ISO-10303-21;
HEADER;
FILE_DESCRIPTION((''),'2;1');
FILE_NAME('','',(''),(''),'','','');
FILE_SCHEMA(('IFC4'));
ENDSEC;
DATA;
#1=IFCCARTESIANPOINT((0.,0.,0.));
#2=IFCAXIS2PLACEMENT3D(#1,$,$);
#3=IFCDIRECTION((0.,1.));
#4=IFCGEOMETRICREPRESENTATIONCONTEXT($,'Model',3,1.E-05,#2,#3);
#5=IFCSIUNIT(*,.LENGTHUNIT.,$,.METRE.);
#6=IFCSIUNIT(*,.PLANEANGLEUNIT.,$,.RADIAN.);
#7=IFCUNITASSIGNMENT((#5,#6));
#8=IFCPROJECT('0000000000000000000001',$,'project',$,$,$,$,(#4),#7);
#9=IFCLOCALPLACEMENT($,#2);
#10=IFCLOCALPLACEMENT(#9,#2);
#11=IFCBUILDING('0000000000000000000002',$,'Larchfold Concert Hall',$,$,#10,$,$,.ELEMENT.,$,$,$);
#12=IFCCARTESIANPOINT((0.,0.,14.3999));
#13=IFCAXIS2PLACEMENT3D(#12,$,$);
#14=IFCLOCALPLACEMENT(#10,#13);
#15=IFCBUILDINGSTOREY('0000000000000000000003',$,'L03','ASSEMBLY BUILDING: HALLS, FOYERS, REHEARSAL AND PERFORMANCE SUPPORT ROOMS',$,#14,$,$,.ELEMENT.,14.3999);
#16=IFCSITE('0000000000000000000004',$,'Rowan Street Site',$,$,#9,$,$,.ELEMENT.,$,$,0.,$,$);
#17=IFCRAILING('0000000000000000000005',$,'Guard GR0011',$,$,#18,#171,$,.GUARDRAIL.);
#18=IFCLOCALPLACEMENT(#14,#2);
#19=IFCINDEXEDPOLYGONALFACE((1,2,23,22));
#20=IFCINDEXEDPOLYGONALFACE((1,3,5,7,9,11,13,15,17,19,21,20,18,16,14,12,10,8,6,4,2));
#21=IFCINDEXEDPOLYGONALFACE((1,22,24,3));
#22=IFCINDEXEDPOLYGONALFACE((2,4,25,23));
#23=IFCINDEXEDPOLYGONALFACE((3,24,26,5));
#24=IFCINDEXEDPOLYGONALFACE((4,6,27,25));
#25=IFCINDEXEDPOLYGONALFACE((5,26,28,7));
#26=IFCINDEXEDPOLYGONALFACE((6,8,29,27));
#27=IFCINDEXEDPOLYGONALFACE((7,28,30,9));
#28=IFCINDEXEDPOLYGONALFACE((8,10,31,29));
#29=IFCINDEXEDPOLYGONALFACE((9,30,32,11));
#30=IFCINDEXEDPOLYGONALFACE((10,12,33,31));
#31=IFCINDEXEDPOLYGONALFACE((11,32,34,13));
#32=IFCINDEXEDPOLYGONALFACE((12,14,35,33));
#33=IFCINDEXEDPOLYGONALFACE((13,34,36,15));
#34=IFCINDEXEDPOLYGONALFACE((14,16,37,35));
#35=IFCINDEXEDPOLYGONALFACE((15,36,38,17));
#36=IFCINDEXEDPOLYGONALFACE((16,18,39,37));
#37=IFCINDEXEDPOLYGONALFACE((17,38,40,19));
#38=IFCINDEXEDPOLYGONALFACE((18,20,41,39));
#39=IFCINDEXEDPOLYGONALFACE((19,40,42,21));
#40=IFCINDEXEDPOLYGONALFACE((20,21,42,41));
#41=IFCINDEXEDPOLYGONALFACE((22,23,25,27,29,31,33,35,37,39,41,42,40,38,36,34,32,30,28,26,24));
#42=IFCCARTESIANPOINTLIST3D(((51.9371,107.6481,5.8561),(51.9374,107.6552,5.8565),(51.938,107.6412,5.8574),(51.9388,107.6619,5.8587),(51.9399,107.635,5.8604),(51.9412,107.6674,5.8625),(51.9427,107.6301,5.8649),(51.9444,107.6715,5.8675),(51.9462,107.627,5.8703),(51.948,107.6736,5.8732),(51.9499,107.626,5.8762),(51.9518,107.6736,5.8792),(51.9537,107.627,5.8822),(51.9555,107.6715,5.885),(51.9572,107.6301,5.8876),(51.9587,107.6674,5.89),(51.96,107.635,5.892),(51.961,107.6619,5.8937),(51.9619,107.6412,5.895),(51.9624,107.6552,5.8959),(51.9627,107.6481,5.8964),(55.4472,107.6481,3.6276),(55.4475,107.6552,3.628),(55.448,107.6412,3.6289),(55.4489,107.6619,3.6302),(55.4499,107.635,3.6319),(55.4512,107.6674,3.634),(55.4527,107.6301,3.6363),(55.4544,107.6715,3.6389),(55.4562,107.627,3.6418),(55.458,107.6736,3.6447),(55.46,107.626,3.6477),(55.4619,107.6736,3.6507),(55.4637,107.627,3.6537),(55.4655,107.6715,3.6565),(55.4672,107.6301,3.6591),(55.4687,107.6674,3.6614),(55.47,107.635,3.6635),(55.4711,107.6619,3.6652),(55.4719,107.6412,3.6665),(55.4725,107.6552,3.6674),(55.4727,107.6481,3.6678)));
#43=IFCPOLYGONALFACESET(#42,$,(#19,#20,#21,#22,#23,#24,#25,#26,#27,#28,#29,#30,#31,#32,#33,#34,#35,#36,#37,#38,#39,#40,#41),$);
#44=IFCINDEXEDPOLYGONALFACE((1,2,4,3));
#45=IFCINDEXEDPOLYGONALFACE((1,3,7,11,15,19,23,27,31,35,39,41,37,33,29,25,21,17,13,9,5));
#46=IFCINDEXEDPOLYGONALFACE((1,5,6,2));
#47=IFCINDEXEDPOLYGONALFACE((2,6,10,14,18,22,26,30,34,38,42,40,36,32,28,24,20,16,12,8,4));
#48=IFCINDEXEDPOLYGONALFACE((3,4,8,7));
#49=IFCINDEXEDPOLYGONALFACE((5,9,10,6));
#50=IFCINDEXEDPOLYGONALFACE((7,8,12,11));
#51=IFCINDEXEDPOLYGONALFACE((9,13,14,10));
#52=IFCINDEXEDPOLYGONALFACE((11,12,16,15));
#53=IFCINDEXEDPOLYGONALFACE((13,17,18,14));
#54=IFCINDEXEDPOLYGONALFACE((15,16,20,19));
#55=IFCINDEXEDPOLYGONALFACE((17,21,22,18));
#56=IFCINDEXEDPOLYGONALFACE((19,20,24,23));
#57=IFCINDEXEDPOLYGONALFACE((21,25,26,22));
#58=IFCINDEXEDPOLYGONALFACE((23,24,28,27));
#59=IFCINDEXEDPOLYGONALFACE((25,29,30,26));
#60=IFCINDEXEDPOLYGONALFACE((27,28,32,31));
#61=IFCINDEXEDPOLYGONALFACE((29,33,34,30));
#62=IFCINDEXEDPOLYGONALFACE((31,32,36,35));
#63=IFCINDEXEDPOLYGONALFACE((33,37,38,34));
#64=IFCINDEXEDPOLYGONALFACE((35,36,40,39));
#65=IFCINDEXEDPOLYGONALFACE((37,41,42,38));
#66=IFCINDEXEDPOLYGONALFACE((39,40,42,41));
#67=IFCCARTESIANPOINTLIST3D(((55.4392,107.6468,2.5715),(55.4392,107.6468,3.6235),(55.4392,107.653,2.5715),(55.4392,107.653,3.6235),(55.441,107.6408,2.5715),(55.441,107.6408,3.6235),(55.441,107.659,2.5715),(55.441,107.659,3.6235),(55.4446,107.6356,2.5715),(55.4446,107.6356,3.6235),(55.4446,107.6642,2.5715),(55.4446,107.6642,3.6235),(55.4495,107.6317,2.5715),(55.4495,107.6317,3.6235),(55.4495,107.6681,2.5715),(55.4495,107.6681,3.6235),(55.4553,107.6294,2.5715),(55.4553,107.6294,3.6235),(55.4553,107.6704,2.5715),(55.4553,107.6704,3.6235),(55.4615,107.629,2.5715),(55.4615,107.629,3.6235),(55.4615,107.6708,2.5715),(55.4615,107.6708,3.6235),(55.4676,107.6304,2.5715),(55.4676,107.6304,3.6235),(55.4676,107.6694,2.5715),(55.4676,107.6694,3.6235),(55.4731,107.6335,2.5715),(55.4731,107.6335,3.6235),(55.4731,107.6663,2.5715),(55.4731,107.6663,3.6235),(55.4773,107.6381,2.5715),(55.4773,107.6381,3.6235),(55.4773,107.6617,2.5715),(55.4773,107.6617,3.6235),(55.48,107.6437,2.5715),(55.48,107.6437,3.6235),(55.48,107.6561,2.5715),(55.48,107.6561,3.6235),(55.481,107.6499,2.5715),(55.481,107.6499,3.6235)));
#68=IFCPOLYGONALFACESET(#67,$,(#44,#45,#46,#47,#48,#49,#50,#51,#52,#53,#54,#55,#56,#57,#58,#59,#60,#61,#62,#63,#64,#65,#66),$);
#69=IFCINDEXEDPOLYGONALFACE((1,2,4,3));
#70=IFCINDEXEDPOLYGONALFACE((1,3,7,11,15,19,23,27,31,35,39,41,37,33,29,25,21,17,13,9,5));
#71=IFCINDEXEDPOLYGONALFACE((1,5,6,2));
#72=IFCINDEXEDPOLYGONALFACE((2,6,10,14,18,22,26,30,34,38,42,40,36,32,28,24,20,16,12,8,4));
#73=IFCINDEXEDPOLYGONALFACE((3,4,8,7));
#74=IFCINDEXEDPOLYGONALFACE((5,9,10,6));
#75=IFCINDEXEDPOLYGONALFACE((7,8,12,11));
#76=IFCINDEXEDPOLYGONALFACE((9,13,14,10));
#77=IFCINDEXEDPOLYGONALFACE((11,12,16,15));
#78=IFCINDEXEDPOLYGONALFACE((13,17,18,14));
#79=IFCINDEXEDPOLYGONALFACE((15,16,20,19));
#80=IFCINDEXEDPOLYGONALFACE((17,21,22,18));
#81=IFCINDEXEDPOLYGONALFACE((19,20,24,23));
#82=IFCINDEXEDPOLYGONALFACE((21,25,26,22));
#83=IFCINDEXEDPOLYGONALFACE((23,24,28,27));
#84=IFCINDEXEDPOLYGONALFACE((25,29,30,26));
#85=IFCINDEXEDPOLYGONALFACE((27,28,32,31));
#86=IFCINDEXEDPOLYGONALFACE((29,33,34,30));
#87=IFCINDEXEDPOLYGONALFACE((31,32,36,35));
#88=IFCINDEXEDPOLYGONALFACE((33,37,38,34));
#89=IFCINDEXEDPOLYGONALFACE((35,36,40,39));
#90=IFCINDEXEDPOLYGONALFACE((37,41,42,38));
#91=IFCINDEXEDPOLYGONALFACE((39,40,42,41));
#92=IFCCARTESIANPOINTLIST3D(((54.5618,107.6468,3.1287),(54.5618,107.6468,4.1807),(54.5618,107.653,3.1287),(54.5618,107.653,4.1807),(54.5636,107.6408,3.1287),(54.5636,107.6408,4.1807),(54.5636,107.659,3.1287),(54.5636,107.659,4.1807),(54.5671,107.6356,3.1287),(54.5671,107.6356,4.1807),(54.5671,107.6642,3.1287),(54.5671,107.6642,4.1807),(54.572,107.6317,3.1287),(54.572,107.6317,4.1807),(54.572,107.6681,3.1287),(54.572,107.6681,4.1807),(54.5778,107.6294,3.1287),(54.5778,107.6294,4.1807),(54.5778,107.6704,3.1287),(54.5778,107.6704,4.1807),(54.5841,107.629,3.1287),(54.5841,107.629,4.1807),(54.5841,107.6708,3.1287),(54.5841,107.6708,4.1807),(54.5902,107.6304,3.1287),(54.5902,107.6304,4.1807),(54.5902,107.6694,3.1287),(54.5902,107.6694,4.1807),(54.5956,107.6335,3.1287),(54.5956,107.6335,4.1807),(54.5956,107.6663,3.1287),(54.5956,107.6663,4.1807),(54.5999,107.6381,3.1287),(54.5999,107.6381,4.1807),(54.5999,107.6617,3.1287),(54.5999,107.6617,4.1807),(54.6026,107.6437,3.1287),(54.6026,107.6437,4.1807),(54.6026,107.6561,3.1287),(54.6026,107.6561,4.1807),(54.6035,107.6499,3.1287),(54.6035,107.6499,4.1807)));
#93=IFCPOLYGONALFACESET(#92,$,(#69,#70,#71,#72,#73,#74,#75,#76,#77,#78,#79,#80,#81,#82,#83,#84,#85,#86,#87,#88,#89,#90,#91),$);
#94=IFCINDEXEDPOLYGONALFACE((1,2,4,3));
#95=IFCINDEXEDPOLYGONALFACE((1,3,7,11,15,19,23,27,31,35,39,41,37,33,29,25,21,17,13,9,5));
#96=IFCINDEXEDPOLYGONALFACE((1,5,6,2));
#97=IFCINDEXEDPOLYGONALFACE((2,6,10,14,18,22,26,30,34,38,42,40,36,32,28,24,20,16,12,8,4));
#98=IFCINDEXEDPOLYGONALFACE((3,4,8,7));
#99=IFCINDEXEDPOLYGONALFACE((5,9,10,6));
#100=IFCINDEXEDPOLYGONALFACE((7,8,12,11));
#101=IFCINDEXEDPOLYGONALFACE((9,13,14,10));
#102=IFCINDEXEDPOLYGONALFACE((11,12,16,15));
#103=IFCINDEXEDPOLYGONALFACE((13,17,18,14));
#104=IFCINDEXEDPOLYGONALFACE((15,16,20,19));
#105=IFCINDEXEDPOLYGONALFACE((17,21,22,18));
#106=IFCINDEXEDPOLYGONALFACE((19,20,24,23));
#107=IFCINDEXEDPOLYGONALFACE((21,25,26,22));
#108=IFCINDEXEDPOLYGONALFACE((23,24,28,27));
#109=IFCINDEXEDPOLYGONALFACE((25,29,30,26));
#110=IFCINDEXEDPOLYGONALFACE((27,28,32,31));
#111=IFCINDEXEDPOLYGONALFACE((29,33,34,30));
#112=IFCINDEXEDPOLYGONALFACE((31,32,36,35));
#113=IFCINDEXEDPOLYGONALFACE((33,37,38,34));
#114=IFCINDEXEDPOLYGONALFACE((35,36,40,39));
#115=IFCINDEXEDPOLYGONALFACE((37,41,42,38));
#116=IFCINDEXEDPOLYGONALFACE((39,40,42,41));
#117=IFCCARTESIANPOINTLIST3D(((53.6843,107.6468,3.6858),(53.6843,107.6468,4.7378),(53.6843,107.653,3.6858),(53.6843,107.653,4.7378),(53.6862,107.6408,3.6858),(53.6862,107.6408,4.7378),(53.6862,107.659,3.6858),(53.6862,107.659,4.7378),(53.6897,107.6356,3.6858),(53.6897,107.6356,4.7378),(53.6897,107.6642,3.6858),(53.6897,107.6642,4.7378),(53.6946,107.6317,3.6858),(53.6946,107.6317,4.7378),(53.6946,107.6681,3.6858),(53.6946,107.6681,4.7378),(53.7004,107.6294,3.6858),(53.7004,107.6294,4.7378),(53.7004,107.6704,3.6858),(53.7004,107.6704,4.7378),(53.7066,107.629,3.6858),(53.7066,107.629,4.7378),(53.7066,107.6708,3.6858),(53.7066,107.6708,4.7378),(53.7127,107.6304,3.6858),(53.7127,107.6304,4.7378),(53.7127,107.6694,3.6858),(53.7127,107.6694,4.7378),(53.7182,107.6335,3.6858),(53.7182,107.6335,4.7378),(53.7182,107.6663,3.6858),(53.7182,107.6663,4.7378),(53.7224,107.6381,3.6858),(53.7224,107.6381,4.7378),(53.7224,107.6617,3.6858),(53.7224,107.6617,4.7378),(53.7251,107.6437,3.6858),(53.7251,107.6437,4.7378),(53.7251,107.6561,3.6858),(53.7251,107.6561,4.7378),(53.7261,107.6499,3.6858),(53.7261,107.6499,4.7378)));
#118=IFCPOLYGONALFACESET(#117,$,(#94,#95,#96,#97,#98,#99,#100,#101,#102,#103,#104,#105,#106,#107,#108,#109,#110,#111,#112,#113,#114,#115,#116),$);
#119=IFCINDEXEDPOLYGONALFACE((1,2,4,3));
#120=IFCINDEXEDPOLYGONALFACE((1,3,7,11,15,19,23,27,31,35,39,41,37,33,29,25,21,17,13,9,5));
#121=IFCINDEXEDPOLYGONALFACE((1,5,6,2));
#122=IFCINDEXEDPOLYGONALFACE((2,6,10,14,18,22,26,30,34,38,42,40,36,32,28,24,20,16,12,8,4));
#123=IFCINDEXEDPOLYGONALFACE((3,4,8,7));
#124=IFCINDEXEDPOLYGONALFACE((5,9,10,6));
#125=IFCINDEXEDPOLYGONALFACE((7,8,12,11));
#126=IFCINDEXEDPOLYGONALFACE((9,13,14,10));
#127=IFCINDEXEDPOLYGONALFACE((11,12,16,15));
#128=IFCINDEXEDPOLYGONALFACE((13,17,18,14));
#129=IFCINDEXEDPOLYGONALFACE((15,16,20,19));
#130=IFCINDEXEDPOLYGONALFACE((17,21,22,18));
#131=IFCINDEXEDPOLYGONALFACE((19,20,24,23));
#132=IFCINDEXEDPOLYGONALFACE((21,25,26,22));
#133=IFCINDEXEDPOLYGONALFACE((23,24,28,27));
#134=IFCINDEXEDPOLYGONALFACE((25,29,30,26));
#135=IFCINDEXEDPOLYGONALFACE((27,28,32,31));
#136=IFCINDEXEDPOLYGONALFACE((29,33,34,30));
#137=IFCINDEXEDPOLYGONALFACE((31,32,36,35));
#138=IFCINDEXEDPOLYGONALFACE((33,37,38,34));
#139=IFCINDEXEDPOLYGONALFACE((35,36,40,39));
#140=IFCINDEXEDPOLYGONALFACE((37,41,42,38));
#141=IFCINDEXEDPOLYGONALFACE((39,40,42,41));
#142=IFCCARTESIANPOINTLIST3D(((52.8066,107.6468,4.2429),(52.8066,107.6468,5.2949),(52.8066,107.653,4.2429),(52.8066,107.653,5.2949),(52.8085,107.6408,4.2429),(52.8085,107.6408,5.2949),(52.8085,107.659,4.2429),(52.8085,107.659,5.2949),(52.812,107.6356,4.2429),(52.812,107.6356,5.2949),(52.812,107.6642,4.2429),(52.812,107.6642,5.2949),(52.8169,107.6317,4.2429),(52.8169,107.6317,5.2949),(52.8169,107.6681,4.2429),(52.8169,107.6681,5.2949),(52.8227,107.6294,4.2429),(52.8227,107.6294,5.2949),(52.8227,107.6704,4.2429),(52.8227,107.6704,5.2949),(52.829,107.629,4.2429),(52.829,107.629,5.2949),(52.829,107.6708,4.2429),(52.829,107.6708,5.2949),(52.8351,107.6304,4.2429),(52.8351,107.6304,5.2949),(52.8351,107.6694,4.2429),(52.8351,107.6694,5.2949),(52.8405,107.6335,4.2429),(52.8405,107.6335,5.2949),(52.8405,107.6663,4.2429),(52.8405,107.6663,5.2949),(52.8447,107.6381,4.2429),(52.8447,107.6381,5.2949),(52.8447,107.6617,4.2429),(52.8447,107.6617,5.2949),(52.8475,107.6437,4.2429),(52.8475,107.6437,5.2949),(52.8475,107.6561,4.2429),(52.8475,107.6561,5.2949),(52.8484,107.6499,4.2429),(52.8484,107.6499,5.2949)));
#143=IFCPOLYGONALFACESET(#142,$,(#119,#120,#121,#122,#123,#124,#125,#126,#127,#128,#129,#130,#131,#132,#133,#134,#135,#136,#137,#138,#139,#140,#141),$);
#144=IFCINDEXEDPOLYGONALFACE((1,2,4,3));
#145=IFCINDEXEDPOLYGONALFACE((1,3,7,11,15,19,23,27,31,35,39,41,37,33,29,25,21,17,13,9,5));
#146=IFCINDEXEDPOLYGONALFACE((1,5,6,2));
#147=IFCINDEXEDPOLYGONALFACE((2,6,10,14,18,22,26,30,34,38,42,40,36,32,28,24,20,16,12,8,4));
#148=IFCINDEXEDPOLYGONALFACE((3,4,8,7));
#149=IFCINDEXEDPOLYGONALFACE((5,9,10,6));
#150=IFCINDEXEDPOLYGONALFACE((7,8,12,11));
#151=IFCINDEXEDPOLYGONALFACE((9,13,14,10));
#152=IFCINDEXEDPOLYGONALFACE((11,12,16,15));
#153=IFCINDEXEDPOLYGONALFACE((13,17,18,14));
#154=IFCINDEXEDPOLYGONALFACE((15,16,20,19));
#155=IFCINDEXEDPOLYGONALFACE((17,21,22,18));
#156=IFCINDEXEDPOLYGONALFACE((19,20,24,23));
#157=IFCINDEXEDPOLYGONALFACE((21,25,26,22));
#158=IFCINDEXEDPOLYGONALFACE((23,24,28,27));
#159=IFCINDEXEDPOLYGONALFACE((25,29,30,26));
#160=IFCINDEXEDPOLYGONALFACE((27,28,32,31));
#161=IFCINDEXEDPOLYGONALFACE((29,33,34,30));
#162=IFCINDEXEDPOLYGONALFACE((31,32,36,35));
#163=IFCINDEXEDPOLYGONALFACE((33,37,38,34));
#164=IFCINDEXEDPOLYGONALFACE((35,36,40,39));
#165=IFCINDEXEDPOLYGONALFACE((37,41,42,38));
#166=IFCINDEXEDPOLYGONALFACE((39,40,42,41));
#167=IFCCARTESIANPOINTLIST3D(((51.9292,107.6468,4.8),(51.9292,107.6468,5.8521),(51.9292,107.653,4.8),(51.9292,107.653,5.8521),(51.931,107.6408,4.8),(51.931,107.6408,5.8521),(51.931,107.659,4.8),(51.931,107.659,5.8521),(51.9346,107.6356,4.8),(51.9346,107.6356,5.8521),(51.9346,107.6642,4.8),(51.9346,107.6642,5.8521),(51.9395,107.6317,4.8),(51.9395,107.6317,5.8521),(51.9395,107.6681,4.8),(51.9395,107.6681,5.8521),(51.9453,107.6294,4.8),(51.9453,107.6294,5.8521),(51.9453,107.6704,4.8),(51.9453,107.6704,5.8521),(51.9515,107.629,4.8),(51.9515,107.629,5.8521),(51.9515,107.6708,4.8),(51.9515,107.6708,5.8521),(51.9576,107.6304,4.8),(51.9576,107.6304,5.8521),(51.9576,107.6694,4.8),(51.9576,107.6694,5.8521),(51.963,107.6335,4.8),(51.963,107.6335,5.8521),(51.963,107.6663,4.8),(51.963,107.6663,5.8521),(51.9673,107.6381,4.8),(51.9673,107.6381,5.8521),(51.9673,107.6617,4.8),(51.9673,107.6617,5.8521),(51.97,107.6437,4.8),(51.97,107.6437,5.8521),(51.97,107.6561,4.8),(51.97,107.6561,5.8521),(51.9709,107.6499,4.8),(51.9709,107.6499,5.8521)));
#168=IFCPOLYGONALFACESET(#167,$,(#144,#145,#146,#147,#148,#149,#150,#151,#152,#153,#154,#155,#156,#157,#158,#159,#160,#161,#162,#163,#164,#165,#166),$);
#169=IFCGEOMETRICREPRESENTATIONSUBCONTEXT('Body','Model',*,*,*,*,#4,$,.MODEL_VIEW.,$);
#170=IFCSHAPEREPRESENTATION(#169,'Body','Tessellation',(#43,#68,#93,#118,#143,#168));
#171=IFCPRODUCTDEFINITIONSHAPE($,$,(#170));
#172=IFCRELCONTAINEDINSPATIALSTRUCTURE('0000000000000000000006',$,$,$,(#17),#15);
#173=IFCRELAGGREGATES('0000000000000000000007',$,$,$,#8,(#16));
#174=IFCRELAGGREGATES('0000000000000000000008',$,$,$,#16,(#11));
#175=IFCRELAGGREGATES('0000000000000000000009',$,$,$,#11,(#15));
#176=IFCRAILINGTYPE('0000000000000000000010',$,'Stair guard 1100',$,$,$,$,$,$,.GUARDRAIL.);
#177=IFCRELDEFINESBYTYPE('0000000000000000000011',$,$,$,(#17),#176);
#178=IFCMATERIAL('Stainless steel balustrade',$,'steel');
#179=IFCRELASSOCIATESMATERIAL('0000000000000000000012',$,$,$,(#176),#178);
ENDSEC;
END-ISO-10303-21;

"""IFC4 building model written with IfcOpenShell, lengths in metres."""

from ifc_helpers import new_model, si_unit, direction, frame, origin, origin_2d, place, context, subcontext, project, spatial, circle, extrude, material, type_object, element, save


model = new_model("IFC4")

# Units and contexts
model_context = context("Model", 3, precision=1e-05, world=origin(), true_north=direction((0.0, 1.0)))
body_context = subcontext(model_context, "Body", "Model", "MODEL_VIEW")
ifc_project = project(units=[si_unit("LENGTHUNIT", "METRE"), si_unit("PLANEANGLEUNIT", "RADIAN")], contexts=[model_context])

# Site, building, storey
site_placement = place(None, origin())
site = spatial("IfcSite", under=ifc_project, at=site_placement, Name="Rowan Street Site", CompositionType="ELEMENT", RefElevation=0.0)
building_placement = place(site_placement, origin())
building = spatial("IfcBuilding", under=site, at=building_placement, Name="Larchfold Concert Hall", CompositionType="ELEMENT")
storey_placement = place(building_placement, frame((0.0, 0.0, 14.3999)))
storey = spatial("IfcBuildingStorey", under=building, at=storey_placement, Name="L03", Description="ASSEMBLY BUILDING: HALLS, FOYERS, REHEARSAL AND PERFORMANCE SUPPORT ROOMS", CompositionType="ELEMENT", Elevation=14.3999)

# Railing
ifc_material_1 = material(Name="Stainless steel balustrade", Category="steel")
railing_type_1 = type_object("IfcRailingType", Name="Stair guard 1100", PredefinedType="GUARDRAIL", material=ifc_material_1)
railing_1_placement = place(storey_placement, frame((55.46, 107.6499, 2.5715)))
element("IfcRailing", 1, at=railing_1_placement, inside=storey, type_object=railing_type_1, Name="Guard GR0011", PredefinedType="GUARDRAIL", context=body_context, shape_type="SweptSolid", body=[
    extrude(circle(Radius=0.0239, at=origin_2d()), frame((0.0, 0.0, 1.0762), z_axis=(-0.84422, 0.0, 0.535998), x_axis=(0.0, -1.0, 0.0)), (0.0, 0.0, 1.0), 4.1577),
    extrude(circle(Radius=0.021, at=origin_2d()), origin(), (0.0, 0.0, 1.0), 1.052),
    extrude(circle(Radius=0.021, at=origin_2d()), frame((-0.8774, 0.0, 0.5571)), (0.0, 0.0, 1.0), 1.052),
    extrude(circle(Radius=0.021, at=origin_2d()), frame((-1.7549, 0.0, 1.1143)), (0.0, 0.0, 1.0), 1.052),
    extrude(circle(Radius=0.021, at=origin_2d()), frame((-2.6326, 0.0, 1.6714)), (0.0, 0.0, 1.0), 1.052),
    extrude(circle(Radius=0.021, at=origin_2d()), frame((-3.51, 0.0, 2.2285)), (0.0, 0.0, 1.0), 1.052),
])

save(model, "model.ifc")
